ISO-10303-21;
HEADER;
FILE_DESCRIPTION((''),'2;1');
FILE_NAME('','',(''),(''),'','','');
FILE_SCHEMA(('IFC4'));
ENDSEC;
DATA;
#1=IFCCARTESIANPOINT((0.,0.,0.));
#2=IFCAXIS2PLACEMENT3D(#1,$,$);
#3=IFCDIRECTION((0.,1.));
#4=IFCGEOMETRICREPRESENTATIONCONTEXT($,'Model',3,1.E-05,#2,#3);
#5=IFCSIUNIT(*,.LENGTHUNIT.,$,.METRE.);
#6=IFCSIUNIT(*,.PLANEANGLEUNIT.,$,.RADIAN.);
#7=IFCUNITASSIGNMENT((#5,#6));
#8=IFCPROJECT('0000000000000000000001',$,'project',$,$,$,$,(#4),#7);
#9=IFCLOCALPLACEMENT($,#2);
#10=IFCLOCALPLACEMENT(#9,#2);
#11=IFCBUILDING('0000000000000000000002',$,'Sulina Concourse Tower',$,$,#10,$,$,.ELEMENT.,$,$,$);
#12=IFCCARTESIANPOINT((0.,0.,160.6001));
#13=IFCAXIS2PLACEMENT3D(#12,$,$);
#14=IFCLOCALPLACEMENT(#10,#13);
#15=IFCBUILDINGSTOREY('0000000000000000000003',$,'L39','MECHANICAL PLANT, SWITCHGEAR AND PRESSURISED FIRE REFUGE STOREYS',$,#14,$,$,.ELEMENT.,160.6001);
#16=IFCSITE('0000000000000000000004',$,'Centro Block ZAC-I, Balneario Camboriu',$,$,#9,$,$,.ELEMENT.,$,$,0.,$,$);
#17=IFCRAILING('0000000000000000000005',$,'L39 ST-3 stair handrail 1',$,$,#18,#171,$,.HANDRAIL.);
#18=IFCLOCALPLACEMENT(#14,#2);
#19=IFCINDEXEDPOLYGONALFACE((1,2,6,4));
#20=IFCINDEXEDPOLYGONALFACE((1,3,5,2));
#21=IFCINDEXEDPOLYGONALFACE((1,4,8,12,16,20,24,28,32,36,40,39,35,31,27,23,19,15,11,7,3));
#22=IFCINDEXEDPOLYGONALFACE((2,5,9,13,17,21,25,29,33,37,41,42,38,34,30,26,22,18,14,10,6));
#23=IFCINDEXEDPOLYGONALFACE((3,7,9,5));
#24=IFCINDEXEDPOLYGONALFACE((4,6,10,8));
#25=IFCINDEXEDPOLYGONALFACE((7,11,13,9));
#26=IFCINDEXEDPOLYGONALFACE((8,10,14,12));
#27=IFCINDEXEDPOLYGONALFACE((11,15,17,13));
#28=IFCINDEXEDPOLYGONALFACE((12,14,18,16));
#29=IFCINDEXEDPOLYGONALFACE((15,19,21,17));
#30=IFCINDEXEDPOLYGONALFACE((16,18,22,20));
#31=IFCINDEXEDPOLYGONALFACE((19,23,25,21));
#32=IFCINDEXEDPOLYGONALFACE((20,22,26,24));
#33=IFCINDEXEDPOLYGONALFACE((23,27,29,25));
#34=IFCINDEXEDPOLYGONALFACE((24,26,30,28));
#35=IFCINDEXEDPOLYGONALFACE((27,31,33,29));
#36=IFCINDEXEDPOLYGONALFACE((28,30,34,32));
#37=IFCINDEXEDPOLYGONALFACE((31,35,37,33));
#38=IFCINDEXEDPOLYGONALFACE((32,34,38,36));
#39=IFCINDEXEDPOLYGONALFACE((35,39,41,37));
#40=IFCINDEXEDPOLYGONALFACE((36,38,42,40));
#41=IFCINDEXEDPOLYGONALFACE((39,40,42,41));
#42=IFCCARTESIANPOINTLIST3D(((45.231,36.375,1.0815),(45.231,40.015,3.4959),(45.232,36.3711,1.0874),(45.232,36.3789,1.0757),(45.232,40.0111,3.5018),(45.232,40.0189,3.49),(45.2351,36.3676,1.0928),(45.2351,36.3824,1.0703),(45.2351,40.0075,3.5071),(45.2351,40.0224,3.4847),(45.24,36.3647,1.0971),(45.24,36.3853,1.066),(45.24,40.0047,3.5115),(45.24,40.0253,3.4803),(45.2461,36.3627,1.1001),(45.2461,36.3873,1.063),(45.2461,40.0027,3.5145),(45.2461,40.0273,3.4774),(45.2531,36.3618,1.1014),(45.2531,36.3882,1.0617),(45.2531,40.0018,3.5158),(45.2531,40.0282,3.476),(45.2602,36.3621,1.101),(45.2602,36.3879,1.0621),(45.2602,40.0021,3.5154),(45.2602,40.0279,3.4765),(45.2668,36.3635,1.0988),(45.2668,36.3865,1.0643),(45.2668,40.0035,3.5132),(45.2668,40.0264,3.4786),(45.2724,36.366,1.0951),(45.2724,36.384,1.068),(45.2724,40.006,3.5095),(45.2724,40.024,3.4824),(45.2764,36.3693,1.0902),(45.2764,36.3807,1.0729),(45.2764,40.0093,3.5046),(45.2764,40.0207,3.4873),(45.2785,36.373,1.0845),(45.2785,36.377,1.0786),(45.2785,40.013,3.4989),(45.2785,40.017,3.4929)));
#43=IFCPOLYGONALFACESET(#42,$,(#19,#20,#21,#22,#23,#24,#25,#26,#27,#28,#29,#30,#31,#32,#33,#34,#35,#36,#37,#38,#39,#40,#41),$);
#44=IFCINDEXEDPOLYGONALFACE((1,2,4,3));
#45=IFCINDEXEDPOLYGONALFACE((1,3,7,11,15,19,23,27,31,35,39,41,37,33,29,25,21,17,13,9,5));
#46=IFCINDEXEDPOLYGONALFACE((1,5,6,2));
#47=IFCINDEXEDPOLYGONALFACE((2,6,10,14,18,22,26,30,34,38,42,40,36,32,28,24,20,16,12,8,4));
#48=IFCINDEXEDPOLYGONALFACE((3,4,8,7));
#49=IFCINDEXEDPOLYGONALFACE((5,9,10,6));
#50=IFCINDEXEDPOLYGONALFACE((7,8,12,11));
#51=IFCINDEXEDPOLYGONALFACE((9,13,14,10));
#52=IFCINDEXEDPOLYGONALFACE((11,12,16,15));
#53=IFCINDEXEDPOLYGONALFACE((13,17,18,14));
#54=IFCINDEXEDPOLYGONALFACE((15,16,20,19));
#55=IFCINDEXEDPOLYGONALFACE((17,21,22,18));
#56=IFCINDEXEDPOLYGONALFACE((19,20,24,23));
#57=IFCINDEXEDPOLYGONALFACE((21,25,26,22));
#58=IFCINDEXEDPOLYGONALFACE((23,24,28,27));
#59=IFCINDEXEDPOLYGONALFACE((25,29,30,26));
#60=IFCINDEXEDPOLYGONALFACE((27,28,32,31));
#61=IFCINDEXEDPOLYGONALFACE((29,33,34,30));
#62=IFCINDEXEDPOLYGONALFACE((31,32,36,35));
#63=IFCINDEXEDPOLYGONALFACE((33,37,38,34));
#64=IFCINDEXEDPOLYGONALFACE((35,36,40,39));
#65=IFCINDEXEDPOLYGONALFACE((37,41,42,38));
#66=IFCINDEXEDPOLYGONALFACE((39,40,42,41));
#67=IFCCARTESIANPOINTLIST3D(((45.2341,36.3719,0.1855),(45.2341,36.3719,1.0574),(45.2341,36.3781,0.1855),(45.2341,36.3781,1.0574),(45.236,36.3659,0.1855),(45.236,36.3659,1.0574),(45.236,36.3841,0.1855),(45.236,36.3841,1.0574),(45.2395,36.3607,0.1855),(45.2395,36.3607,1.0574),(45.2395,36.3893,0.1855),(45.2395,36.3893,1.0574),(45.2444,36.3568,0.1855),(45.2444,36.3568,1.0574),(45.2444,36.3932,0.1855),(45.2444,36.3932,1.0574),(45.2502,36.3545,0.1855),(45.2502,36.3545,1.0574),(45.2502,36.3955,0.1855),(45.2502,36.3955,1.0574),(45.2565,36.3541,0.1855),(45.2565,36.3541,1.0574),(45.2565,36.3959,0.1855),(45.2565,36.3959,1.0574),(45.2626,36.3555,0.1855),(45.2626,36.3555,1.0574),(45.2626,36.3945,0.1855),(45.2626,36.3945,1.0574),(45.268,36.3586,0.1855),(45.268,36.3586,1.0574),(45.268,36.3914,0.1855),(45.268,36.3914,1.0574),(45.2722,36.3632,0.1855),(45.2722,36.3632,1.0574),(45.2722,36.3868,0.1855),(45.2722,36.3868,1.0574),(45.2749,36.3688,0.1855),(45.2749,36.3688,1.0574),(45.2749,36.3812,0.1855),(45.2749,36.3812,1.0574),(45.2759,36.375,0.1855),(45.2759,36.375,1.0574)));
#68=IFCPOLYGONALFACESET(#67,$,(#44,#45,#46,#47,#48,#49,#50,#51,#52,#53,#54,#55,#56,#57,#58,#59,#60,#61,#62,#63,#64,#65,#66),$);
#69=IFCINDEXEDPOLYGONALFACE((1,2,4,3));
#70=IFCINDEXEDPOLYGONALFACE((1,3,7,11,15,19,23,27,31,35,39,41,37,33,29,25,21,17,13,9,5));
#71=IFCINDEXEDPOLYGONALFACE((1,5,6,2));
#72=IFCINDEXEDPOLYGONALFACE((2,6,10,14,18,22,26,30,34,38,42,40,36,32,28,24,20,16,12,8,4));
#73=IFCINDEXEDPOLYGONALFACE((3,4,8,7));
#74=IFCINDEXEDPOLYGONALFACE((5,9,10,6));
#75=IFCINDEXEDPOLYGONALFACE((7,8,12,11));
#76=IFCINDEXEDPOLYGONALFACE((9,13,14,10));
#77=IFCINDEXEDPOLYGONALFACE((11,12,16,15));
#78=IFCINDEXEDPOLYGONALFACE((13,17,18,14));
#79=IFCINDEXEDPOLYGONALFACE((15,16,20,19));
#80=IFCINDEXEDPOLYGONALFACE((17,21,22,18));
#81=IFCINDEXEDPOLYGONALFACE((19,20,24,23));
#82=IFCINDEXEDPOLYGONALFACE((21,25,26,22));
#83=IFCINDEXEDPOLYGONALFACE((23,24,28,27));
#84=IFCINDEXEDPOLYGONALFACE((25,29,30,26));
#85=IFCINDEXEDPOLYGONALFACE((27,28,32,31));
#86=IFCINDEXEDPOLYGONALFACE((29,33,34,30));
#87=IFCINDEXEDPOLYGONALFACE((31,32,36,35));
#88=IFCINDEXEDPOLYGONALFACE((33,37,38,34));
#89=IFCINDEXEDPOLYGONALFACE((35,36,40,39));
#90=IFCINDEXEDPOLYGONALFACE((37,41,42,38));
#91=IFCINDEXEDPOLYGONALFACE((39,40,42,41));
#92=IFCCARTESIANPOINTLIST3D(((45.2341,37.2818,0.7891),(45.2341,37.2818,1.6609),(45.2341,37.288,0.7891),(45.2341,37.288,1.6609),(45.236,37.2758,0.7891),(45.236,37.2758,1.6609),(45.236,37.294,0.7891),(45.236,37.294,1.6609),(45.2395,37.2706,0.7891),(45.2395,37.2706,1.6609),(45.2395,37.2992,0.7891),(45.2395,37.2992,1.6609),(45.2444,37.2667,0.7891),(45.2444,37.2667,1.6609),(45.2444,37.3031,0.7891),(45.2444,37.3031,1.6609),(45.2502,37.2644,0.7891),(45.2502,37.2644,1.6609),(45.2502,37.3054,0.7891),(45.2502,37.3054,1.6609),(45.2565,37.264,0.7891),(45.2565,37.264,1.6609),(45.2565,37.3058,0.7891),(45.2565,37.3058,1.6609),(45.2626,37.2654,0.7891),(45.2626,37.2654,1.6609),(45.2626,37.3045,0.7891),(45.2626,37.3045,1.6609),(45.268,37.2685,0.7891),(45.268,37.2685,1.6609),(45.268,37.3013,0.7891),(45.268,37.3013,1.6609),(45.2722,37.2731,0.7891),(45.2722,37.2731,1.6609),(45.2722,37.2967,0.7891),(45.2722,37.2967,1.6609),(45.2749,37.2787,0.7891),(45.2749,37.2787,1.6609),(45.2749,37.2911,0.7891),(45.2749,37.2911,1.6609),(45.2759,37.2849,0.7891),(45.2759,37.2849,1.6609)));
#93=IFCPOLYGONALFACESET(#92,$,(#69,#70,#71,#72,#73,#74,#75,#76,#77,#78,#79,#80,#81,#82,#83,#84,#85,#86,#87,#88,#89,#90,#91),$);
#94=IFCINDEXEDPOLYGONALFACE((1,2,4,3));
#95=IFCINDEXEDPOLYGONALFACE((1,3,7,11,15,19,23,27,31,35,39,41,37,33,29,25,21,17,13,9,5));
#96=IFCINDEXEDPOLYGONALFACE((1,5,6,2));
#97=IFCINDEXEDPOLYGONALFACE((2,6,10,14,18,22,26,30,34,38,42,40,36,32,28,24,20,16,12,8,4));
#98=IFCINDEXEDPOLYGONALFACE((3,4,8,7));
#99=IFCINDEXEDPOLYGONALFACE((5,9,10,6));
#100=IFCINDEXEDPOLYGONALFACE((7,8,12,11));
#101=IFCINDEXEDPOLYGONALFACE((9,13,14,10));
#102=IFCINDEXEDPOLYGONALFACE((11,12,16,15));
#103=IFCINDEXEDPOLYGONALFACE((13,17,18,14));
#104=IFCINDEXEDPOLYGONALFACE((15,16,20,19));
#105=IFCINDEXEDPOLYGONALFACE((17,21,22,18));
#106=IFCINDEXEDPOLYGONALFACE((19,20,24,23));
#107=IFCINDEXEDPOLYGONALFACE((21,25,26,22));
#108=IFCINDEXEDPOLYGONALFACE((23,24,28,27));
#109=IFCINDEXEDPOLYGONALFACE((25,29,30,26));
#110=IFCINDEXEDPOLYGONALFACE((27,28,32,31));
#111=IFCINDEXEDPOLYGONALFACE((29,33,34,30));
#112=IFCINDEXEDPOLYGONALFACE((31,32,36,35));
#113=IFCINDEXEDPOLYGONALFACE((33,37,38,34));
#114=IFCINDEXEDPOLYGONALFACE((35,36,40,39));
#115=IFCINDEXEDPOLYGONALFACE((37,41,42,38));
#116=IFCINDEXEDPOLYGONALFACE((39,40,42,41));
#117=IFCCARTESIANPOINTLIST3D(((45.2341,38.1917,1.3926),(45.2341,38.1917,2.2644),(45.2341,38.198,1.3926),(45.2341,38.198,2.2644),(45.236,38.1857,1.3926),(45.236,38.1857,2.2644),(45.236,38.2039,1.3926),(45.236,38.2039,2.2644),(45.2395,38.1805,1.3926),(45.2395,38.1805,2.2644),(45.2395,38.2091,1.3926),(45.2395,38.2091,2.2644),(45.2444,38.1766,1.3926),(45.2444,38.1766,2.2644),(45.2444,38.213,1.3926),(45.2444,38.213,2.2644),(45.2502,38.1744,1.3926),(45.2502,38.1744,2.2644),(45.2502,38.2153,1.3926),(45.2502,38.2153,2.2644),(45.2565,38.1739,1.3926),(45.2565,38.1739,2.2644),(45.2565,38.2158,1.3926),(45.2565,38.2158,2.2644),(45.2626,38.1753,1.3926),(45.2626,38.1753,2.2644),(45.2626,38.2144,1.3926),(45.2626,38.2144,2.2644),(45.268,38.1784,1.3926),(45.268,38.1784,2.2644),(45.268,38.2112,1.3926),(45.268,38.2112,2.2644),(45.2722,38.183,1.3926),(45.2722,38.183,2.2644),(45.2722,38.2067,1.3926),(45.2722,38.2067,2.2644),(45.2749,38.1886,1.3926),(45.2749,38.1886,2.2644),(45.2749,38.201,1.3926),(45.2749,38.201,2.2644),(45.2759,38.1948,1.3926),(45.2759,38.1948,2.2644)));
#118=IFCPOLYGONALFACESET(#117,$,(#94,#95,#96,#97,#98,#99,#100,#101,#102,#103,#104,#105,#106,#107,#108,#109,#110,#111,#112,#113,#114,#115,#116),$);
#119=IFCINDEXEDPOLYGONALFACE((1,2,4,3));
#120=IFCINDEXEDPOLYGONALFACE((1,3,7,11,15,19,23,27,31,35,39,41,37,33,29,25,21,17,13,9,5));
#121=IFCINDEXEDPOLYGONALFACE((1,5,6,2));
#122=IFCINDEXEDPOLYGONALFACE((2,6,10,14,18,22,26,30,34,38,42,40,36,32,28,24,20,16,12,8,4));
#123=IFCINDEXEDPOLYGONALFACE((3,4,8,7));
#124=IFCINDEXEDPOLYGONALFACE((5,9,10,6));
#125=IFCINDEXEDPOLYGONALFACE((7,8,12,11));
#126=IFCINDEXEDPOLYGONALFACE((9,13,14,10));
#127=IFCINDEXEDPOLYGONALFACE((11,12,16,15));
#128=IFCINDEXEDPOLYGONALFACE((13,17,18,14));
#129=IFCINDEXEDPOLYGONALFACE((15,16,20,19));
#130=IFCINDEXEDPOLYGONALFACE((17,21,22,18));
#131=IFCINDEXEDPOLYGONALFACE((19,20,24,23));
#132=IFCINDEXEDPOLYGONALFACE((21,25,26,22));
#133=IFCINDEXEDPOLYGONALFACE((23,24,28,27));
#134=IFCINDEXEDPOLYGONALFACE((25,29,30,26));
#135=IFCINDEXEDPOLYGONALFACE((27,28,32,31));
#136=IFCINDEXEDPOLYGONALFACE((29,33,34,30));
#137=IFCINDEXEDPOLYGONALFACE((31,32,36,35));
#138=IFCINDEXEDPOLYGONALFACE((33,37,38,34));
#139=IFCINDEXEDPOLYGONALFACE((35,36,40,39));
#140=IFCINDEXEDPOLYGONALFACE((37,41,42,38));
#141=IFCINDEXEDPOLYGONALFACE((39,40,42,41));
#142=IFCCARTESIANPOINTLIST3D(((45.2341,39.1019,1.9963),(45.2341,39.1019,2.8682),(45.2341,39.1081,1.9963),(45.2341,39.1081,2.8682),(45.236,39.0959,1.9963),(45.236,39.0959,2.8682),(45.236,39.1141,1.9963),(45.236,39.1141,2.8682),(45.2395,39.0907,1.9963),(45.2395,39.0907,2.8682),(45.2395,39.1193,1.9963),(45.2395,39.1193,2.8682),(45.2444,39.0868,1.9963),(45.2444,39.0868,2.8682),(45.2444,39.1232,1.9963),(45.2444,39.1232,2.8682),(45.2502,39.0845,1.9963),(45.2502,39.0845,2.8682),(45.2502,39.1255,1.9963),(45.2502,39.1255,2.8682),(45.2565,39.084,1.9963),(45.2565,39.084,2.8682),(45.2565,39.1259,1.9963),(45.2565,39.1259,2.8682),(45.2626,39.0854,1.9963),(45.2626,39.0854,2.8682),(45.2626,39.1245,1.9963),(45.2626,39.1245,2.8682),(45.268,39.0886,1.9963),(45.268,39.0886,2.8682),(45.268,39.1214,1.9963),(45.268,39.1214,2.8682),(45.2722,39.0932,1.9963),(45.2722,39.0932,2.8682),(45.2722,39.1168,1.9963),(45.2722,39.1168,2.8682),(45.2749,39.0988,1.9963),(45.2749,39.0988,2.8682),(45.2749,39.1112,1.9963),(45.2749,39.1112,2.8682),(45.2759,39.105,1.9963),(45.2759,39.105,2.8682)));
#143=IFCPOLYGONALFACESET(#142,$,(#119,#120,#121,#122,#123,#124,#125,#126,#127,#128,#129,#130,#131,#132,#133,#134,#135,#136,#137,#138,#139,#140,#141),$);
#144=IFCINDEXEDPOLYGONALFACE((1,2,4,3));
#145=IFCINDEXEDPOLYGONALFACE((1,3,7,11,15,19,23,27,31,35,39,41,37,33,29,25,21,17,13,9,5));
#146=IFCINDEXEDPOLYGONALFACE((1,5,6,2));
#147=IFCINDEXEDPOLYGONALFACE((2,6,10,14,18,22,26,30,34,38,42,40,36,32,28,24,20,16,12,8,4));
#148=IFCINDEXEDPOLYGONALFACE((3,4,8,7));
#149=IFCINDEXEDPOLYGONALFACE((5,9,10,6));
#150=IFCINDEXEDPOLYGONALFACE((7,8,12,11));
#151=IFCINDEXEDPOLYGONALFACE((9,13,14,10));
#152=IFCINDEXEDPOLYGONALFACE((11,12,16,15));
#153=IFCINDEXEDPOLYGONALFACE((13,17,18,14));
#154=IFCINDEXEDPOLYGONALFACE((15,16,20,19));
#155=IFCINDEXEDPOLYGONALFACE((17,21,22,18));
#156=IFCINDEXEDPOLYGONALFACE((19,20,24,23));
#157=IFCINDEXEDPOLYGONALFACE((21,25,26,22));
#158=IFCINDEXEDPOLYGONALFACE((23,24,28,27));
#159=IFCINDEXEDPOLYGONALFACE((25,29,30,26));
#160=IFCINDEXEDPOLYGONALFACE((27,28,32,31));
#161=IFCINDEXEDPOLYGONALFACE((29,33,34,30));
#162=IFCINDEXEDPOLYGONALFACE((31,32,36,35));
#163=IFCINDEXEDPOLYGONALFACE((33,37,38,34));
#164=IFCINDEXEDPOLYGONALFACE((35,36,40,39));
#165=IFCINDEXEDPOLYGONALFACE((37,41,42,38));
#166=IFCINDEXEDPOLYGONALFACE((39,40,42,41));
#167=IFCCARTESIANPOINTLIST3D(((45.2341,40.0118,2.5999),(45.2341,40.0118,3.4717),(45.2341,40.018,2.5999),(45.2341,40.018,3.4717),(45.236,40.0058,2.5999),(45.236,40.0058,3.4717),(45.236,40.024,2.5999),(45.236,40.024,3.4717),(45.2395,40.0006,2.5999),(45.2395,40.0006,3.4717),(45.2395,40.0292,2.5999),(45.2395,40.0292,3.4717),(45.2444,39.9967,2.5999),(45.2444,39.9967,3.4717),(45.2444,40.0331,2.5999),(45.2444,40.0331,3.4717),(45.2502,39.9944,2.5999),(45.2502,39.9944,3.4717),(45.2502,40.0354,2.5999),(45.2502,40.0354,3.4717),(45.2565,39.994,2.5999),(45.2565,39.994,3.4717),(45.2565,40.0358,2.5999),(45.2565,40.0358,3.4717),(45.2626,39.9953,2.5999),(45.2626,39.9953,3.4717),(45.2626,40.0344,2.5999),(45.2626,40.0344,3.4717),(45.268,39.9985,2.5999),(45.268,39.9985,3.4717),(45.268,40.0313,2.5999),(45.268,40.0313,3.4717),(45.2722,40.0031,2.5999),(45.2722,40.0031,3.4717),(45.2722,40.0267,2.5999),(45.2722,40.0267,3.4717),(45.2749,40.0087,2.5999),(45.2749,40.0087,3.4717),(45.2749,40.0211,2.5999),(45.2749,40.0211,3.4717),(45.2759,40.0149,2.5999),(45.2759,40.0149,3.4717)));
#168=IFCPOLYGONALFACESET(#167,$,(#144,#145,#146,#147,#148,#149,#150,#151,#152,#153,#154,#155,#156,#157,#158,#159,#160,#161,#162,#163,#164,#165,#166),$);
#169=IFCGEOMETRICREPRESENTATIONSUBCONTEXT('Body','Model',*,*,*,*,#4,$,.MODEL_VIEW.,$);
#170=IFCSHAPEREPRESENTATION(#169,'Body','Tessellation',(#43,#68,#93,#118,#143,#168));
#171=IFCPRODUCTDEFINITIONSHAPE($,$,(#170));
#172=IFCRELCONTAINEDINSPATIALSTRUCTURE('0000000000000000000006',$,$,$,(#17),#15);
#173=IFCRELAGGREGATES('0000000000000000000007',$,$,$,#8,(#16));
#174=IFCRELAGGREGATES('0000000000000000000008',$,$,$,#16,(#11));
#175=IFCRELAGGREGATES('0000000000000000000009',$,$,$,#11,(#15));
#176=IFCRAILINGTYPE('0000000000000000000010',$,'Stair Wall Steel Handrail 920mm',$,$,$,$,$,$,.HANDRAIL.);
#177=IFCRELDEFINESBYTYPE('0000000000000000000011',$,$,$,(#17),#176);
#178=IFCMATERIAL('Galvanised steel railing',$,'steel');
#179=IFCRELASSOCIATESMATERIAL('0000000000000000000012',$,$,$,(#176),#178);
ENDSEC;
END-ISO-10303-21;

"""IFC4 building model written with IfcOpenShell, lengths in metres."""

from ifc_helpers import new_model, si_unit, direction, frame, origin, origin_2d, place, context, subcontext, project, spatial, circle, extrude, material, type_object, element, save


model = new_model("IFC4")

# Units and contexts
model_context = context("Model", 3, precision=1e-05, world=origin(), true_north=direction((0.0, 1.0)))
body_context = subcontext(model_context, "Body", "Model", "MODEL_VIEW")
ifc_project = project(units=[si_unit("LENGTHUNIT", "METRE"), si_unit("PLANEANGLEUNIT", "RADIAN")], contexts=[model_context])

# Site, building, storey
site_placement = place(None, origin())
site = spatial("IfcSite", under=ifc_project, at=site_placement, Name="Centro Block ZAC-I, Balneario Camboriu", CompositionType="ELEMENT", RefElevation=0.0)
building_placement = place(site_placement, origin())
building = spatial("IfcBuilding", under=site, at=building_placement, Name="Sulina Concourse Tower", CompositionType="ELEMENT")
storey_placement = place(building_placement, frame((0.0, 0.0, 160.6001)))
storey = spatial("IfcBuildingStorey", under=building, at=storey_placement, Name="L39", Description="MECHANICAL PLANT, SWITCHGEAR AND PRESSURISED FIRE REFUGE STOREYS", CompositionType="ELEMENT", Elevation=160.6001)

# Railing
ifc_material_1 = material(Name="Galvanised steel railing", Category="steel")
railing_type_1 = type_object("IfcRailingType", Name="Stair Wall Steel Handrail 920mm", PredefinedType="HANDRAIL", material=ifc_material_1)
railing_1_placement = place(storey_placement, frame((45.2549, 36.375, 0.1855)))
element("IfcRailing", 1, at=railing_1_placement, inside=storey, type_object=railing_type_1, Name="L39 ST-3 stair handrail 1", PredefinedType="HANDRAIL", context=body_context, shape_type="SweptSolid", body=[
    extrude(circle(Radius=0.0239, at=origin_2d()), frame((0.0, 0.0, 0.896), z_axis=(0.0, 0.833347, 0.552751), x_axis=(-1.0, 0.0, 0.0)), (0.0, 0.0, 1.0), 4.3679),
    extrude(circle(Radius=0.021, at=origin_2d()), origin(), (0.0, 0.0, 1.0), 0.8718),
    extrude(circle(Radius=0.021, at=origin_2d()), frame((0.0, 0.9099, 0.6035)), (0.0, 0.0, 1.0), 0.8718),
    extrude(circle(Radius=0.021, at=origin_2d()), frame((0.0, 1.8198, 1.207)), (0.0, 0.0, 1.0), 0.8718),
    extrude(circle(Radius=0.021, at=origin_2d()), frame((0.0, 2.73, 1.8108)), (0.0, 0.0, 1.0), 0.8718),
    extrude(circle(Radius=0.021, at=origin_2d()), frame((0.0, 3.6399, 2.4143)), (0.0, 0.0, 1.0), 0.8718),
])

save(model, "model.ifc")
